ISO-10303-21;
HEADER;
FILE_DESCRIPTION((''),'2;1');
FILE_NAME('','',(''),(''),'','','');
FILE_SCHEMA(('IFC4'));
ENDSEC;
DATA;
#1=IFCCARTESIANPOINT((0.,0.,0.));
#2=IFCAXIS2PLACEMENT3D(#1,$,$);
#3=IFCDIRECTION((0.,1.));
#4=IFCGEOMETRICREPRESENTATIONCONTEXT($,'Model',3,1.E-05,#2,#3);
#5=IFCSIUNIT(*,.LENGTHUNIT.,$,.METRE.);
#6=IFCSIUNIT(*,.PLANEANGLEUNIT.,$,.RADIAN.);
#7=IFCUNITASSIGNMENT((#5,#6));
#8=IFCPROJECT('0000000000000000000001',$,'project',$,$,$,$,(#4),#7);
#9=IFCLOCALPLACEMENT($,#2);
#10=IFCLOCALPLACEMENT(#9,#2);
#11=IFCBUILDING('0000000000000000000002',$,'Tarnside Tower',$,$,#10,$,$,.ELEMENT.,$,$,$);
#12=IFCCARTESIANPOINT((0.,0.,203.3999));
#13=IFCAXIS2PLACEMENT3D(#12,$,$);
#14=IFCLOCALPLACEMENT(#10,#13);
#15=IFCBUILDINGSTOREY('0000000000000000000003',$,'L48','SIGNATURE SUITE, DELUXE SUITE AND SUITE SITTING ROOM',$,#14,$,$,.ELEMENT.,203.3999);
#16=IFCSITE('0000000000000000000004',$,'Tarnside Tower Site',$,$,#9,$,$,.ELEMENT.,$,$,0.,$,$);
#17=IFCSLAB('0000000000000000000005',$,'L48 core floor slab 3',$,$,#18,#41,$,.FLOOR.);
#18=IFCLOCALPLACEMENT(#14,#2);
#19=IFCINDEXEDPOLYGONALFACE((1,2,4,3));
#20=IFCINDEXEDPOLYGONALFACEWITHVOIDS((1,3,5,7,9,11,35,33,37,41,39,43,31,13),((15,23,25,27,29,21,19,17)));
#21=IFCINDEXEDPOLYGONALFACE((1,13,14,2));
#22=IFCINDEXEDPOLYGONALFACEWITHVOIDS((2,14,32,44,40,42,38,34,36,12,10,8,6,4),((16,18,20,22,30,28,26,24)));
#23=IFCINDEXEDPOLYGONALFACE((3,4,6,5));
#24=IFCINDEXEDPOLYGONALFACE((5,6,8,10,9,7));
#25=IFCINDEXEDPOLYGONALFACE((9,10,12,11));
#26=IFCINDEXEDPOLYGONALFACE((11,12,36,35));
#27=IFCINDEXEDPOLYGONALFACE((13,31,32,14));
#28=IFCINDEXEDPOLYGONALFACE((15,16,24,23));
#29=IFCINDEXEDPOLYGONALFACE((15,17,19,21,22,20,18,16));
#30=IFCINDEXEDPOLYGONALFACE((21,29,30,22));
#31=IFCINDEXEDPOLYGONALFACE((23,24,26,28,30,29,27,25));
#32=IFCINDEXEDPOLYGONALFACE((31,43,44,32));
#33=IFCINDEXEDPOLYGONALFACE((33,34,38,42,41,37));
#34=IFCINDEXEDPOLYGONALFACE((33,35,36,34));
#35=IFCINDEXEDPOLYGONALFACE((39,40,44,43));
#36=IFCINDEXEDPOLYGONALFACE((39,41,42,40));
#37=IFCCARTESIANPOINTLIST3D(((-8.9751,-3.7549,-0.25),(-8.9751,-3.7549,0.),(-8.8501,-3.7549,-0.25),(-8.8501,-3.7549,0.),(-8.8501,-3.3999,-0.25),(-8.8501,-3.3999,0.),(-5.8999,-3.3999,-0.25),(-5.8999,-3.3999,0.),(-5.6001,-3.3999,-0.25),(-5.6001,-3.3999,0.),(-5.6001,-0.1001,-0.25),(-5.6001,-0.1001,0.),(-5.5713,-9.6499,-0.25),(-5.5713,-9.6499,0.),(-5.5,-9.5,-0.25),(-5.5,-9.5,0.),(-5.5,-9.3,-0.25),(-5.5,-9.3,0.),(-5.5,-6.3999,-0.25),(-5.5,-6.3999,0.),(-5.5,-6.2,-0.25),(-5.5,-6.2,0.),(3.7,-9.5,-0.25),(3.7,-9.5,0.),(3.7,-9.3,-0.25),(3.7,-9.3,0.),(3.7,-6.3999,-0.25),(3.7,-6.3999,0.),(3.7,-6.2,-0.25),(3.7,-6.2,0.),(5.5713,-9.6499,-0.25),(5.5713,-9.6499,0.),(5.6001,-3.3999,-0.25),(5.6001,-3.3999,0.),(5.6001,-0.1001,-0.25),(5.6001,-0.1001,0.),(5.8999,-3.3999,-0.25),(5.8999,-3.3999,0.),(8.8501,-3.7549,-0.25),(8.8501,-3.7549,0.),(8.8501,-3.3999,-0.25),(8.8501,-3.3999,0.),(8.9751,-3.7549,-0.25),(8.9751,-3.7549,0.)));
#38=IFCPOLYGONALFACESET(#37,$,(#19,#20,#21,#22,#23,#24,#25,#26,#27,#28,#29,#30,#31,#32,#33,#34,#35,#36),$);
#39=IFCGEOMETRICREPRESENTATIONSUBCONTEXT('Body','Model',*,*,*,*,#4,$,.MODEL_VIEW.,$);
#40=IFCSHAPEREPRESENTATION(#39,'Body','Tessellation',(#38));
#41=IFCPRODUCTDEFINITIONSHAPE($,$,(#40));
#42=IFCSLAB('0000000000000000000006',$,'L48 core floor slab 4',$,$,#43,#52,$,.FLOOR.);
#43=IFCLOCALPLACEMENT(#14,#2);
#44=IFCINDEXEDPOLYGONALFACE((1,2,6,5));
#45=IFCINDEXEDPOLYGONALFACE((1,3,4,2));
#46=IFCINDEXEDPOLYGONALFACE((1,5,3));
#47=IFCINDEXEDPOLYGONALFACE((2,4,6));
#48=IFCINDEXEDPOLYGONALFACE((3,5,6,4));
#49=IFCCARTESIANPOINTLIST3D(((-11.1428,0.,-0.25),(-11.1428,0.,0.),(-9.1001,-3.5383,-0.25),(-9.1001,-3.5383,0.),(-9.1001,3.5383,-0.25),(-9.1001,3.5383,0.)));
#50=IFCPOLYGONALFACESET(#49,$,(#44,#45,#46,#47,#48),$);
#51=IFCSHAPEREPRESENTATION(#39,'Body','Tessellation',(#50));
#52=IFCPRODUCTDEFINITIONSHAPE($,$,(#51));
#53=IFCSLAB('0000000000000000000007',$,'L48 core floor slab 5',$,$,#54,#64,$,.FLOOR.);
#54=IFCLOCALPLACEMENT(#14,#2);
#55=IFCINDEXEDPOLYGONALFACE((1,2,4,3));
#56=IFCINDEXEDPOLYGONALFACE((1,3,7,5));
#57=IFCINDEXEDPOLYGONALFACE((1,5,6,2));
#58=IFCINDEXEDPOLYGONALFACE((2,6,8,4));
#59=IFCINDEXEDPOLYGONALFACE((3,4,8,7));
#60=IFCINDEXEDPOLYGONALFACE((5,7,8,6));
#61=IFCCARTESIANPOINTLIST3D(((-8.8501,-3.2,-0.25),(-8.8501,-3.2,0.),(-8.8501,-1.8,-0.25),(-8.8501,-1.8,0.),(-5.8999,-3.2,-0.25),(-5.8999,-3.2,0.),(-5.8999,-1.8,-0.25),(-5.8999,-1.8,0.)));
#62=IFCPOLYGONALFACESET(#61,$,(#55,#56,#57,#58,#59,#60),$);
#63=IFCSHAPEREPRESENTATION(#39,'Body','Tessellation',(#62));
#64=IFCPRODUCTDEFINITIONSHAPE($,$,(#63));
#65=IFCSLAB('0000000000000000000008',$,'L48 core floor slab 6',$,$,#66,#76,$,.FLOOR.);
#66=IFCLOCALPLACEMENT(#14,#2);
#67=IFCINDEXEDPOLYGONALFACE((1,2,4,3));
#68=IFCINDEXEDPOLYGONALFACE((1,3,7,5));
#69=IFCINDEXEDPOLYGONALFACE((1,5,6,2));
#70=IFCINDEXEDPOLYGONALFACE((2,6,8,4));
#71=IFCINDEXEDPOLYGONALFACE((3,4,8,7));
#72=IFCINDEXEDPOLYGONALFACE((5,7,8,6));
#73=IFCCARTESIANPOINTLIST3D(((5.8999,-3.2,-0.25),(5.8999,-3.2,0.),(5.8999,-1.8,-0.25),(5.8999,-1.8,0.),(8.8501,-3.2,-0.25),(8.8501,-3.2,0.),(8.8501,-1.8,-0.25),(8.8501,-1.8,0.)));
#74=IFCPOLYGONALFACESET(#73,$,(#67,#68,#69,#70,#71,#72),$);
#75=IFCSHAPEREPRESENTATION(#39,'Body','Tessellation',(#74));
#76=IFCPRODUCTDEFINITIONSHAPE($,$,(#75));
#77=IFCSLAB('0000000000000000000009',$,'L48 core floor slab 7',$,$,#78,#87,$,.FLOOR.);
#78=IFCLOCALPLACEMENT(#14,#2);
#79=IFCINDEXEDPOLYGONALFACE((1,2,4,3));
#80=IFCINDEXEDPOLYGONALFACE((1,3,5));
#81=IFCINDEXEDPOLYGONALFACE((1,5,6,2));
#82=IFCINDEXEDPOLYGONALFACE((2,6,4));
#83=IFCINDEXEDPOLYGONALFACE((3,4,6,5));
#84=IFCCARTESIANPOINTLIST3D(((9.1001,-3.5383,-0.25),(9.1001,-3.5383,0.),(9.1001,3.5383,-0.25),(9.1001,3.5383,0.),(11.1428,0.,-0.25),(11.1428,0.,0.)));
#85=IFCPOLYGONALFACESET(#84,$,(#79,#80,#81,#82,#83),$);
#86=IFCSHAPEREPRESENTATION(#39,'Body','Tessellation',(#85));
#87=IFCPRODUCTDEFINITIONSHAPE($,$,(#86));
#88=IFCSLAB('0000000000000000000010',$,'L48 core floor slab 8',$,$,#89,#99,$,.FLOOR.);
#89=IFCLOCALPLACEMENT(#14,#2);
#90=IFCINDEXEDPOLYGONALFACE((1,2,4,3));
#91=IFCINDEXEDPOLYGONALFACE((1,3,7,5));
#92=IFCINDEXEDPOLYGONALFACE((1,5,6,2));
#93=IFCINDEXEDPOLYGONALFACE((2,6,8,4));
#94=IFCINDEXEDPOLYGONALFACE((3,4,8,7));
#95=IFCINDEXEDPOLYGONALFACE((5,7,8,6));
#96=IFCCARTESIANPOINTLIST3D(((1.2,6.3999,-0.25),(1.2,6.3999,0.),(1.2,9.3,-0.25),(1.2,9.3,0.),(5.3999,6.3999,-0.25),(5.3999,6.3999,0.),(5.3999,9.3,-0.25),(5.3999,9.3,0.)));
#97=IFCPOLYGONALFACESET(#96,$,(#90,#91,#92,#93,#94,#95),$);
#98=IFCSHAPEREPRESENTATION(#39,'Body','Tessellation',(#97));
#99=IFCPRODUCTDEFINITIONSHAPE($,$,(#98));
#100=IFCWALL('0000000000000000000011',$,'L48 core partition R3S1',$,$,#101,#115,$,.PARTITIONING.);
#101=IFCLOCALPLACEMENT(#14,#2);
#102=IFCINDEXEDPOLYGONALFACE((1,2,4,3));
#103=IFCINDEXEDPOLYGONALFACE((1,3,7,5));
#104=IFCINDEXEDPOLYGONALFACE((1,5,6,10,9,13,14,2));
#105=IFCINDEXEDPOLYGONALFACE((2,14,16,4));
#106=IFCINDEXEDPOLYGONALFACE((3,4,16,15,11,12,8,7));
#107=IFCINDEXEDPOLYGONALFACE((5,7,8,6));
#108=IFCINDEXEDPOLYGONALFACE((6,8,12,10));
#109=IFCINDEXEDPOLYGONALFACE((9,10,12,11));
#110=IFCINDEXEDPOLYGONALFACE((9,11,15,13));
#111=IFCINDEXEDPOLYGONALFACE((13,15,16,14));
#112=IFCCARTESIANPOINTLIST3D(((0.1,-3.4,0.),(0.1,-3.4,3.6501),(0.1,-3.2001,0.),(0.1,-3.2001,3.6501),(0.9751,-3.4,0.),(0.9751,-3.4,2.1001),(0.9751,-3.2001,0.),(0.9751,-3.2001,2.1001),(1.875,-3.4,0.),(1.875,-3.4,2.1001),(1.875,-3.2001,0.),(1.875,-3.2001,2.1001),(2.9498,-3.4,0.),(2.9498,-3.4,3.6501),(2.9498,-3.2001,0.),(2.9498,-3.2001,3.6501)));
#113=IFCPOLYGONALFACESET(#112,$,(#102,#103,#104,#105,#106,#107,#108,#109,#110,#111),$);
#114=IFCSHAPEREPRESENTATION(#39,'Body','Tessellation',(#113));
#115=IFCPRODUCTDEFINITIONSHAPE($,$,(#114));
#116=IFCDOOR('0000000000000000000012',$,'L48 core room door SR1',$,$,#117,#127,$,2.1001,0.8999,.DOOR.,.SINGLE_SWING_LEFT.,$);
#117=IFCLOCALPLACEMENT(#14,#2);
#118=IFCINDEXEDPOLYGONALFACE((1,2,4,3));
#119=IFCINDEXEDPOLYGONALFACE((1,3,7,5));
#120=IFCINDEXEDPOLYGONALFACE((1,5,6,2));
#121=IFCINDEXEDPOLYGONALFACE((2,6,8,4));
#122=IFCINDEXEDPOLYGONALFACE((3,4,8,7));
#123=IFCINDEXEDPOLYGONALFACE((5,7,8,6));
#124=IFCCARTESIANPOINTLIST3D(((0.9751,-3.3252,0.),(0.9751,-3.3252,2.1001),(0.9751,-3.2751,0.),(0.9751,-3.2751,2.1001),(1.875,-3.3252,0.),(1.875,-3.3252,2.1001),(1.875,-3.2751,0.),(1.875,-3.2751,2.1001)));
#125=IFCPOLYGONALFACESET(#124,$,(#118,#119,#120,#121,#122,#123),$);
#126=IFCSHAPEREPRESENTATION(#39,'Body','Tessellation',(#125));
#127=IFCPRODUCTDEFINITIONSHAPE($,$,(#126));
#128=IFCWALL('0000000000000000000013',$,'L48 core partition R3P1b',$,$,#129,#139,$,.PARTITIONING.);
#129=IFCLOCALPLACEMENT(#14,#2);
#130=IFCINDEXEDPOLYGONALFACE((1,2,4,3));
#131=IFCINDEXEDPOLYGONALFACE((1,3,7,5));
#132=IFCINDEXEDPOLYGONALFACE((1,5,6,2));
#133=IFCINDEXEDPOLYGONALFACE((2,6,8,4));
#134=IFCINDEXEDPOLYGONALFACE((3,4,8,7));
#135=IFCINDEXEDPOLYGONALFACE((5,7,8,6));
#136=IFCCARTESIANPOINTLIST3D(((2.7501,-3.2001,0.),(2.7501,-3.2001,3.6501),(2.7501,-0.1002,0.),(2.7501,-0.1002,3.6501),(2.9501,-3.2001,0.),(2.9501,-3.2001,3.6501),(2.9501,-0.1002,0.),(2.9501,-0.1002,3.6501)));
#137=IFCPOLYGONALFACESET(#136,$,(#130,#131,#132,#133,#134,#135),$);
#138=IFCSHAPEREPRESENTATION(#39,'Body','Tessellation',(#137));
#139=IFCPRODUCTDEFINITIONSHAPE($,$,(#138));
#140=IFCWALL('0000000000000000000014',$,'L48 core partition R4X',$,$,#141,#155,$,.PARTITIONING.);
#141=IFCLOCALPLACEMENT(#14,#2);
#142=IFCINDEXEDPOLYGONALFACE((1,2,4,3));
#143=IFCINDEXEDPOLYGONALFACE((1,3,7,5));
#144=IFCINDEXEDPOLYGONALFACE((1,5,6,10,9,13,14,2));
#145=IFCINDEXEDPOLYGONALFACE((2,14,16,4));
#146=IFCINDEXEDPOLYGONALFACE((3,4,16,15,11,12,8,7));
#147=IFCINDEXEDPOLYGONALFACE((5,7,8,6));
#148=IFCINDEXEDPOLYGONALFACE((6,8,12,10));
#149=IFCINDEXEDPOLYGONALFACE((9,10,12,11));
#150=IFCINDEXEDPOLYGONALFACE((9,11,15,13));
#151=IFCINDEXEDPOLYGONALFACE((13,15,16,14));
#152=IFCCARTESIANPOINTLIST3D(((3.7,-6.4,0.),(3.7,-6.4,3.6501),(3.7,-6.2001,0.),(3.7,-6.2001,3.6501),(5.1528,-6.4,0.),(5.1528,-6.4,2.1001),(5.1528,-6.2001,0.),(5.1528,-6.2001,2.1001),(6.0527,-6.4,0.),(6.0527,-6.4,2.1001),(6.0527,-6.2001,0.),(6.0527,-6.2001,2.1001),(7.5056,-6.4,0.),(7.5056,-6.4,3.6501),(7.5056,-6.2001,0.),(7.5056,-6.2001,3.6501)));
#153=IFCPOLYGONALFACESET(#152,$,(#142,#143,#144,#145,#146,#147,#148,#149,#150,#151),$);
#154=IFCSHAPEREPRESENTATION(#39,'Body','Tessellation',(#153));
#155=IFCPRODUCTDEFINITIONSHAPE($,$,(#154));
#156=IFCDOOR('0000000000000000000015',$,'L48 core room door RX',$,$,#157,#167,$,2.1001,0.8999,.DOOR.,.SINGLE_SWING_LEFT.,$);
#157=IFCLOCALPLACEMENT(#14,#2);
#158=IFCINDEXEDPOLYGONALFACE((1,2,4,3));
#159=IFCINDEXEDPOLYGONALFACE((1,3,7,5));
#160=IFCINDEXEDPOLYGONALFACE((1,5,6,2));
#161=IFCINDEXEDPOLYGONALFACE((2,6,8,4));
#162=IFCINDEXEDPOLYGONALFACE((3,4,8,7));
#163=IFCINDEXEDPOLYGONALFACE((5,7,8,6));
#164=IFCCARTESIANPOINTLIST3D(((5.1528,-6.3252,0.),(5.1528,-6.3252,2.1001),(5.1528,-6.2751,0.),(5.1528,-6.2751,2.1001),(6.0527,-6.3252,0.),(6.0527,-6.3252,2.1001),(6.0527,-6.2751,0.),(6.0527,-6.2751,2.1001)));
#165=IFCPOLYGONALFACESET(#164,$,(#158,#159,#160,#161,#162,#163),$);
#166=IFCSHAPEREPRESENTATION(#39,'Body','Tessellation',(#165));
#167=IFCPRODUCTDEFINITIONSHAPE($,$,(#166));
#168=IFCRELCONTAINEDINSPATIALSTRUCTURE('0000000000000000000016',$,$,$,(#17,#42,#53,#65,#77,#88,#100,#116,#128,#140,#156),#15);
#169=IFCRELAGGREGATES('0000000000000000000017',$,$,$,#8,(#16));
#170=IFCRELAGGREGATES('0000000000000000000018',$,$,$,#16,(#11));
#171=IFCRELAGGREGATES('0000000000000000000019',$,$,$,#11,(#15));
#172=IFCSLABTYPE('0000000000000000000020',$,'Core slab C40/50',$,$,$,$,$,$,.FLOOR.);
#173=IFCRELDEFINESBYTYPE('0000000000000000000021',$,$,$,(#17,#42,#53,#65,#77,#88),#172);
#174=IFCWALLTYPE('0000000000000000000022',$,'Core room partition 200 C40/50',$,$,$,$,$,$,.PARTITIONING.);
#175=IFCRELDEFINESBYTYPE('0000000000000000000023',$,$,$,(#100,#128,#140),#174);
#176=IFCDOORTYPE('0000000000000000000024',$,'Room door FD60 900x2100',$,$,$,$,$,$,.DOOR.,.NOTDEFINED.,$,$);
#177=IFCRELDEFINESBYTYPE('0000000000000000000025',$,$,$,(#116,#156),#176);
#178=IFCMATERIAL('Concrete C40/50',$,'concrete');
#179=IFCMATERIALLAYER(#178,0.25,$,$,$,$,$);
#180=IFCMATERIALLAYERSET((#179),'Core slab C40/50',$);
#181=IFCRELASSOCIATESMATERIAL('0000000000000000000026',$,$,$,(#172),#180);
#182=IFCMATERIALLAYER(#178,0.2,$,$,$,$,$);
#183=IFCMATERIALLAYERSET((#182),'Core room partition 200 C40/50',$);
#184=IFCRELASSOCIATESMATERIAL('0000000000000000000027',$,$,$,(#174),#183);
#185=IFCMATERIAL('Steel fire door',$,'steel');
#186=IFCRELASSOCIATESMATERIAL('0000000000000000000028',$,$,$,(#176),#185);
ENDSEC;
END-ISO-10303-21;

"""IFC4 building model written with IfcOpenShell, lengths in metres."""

from ifc_helpers import new_model, si_unit, direction, frame, frame_2d, origin, place, context, subcontext, project, spatial, polyline, rectangle, outline, extrude, material, layer, layer_set, type_object, element, fill, save


model = new_model("IFC4")

# Units and contexts
model_context = context("Model", 3, precision=1e-05, world=origin(), true_north=direction((0.0, 1.0)))
body_context = subcontext(model_context, "Body", "Model", "MODEL_VIEW")
ifc_project = project(units=[si_unit("LENGTHUNIT", "METRE"), si_unit("PLANEANGLEUNIT", "RADIAN")], contexts=[model_context])

# Site, building, storey
site_placement = place(None, origin())
site = spatial("IfcSite", under=ifc_project, at=site_placement, Name="Tarnside Tower Site", CompositionType="ELEMENT", RefElevation=0.0)
building_placement = place(site_placement, origin())
building = spatial("IfcBuilding", under=site, at=building_placement, Name="Tarnside Tower", CompositionType="ELEMENT")
storey_placement = place(building_placement, frame((0.0, 0.0, 203.3999)))
storey = spatial("IfcBuildingStorey", under=building, at=storey_placement, Name="L48", Description="SIGNATURE SUITE, DELUXE SUITE AND SUITE SITTING ROOM", CompositionType="ELEMENT", Elevation=203.3999)

# Slabs
ifc_material_1 = material(Name="Concrete C40/50", Category="concrete")
ifc_layer_1 = layer(ifc_material_1, 0.25)
ifc_layer_set_1 = layer_set([ifc_layer_1], Name="Core slab C40/50")
slab_type = type_object("IfcSlabType", Name="Core slab C40/50", PredefinedType="FLOOR", material=ifc_layer_set_1)
slab_1_placement = place(storey_placement, frame((0.0, 0.0, -0.25)))
element("IfcSlab", 1, at=slab_1_placement, inside=storey, type_object=slab_type, Name="L48 core floor slab 3", PredefinedType="FLOOR", context=body_context, shape_type="SweptSolid", body=[
    extrude(outline(polyline([(5.6001, -3.3999), (5.8999, -3.3999), (8.8501, -3.3999), (8.8501, -3.7549), (8.9751, -3.7549), (5.5713, -9.6499), (-5.5713, -9.6499), (-8.9751, -3.7549), (-8.8501, -3.7549), (-8.8501, -3.3999), (-5.8999, -3.3999), (-5.6001, -3.3999), (-5.6001, -0.1001), (5.6001, -0.1001), (5.6001, -3.3999)]), holes=[polyline([(-5.5, -9.3), (-5.5, -9.5), (3.7, -9.5), (3.7, -9.3), (3.7, -6.3999), (3.7, -6.2), (-5.5, -6.2), (-5.5, -6.3999), (-5.5, -9.3)])]), origin(), (0.0, 0.0, 1.0), 0.25),
])
slab_2_placement = place(storey_placement, frame((0.0, 0.0, -0.25)))
element("IfcSlab", 2, at=slab_2_placement, inside=storey, type_object=slab_type, Name="L48 core floor slab 4", PredefinedType="FLOOR", context=body_context, shape_type="SweptSolid", body=[
    extrude(outline(polyline([(-11.1428, 0.0), (-9.1001, 3.5383), (-9.1001, -3.5383), (-11.1428, 0.0)])), origin(), (0.0, 0.0, 1.0), 0.25),
])
slab_3_placement = place(storey_placement, frame((0.0, 0.0, -0.25)))
element("IfcSlab", 3, at=slab_3_placement, inside=storey, type_object=slab_type, Name="L48 core floor slab 5", PredefinedType="FLOOR", context=body_context, shape_type="SweptSolid", body=[
    extrude(outline(polyline([(-8.8501, -1.8), (-5.8999, -1.8), (-5.8999, -3.2), (-8.8501, -3.2), (-8.8501, -1.8)])), origin(), (0.0, 0.0, 1.0), 0.25),
])
slab_4_placement = place(storey_placement, frame((0.0, 0.0, -0.25)))
element("IfcSlab", 4, at=slab_4_placement, inside=storey, type_object=slab_type, Name="L48 core floor slab 6", PredefinedType="FLOOR", context=body_context, shape_type="SweptSolid", body=[
    extrude(outline(polyline([(5.8999, -3.2), (5.8999, -1.8), (8.8501, -1.8), (8.8501, -3.2), (5.8999, -3.2)])), origin(), (0.0, 0.0, 1.0), 0.25),
])
slab_5_placement = place(storey_placement, frame((0.0, 0.0, -0.25)))
element("IfcSlab", 5, at=slab_5_placement, inside=storey, type_object=slab_type, Name="L48 core floor slab 7", PredefinedType="FLOOR", context=body_context, shape_type="SweptSolid", body=[
    extrude(outline(polyline([(9.1001, -3.5383), (9.1001, 3.5383), (11.1428, 0.0), (9.1001, -3.5383)])), origin(), (0.0, 0.0, 1.0), 0.25),
])
slab_6_placement = place(storey_placement, frame((0.0, 0.0, -0.25)))
element("IfcSlab", 6, at=slab_6_placement, inside=storey, type_object=slab_type, Name="L48 core floor slab 8", PredefinedType="FLOOR", context=body_context, shape_type="SweptSolid", body=[
    extrude(outline(polyline([(5.3999, 9.3), (5.3999, 6.3999), (1.2, 6.3999), (1.2, 9.3), (5.3999, 9.3)])), origin(), (0.0, 0.0, 1.0), 0.25),
])

# Wall, opening, door
ifc_layer_2 = layer(ifc_material_1, 0.2)
ifc_layer_set_2 = layer_set([ifc_layer_2], Name="Core room partition 200 C40/50")
wall_type_1 = type_object("IfcWallType", Name="Core room partition 200 C40/50", PredefinedType="PARTITIONING", material=ifc_layer_set_2)
wall_1_placement = place(storey_placement, frame((0.1001, -3.3, 0.0), z_axis=(0.0, 0.0, 1.0), x_axis=(1.0, 0.0, 0.0)))
wall_1 = element("IfcWall", 7, at=wall_1_placement, inside=storey, type_object=wall_type_1, Name="L48 core partition R3S1", PredefinedType="PARTITIONING", context=body_context, shape_type="SweptSolid", body=[
    extrude(rectangle(XDim=2.8499, YDim=0.2, at=frame_2d((1.4248, 0.0))), origin(), (0.0, 0.0, 1.0), 3.6501),
])
opening_1_placement = place(wall_1_placement, frame((0.875, 0.0, 0.0)))
opening_1 = element("IfcOpeningElement", 8, at=opening_1_placement, cuts=wall_1, PredefinedType="OPENING", context=body_context, shape_type="SweptSolid", body=[
    extrude(rectangle(XDim=0.8999, YDim=2.1001, at=frame_2d((0.45, 1.05))), frame((0.0, 0.1099, 0.0), z_axis=(0.0, -1.0, 0.0), x_axis=(1.0, 0.0, 0.0)), (0.0, 0.0, 1.0), 0.22),
])
ifc_material_2 = material(Name="Steel fire door", Category="steel")
door_type_1 = type_object("IfcDoorType", Name="Room door FD60 900x2100", OperationType="NOTDEFINED", PredefinedType="DOOR", material=ifc_material_2)
door_1_placement = place(opening_1_placement, origin())
door_1 = element("IfcDoor", 9, at=door_1_placement, inside=storey, type_object=door_type_1, Name="L48 core room door SR1", OperationType="SINGLE_SWING_LEFT", OverallHeight=2.1001, OverallWidth=0.8999, PredefinedType="DOOR", context=body_context, shape_type="SweptSolid", body=[
    extrude(rectangle(XDim=0.8999, YDim=2.1001, at=frame_2d((0.45, 1.05))), frame((0.0, 0.0249, 0.0), z_axis=(0.0, -1.0, 0.0), x_axis=(1.0, 0.0, 0.0)), (0.0, 0.0, 1.0), 0.05),
])
fill(opening_1, door_1)

# Wall
wall_2_placement = place(storey_placement, frame((2.8501, -3.2, 0.0), z_axis=(0.0, 0.0, 1.0), x_axis=(0.0, 1.0, 0.0)))
element("IfcWall", 10, at=wall_2_placement, inside=storey, type_object=wall_type_1, Name="L48 core partition R3P1b", PredefinedType="PARTITIONING", context=body_context, shape_type="SweptSolid", body=[
    extrude(rectangle(XDim=3.0999, YDim=0.2, at=frame_2d((1.5498, 0.0))), origin(), (0.0, 0.0, 1.0), 3.6501),
])

# Wall, opening, door
wall_3_placement = place(storey_placement, frame((3.7, -6.3, 0.0), z_axis=(0.0, 0.0, 1.0), x_axis=(1.0, 0.0, 0.0)))
wall_3 = element("IfcWall", 11, at=wall_3_placement, inside=storey, type_object=wall_type_1, Name="L48 core partition R4X", PredefinedType="PARTITIONING", context=body_context, shape_type="SweptSolid", body=[
    extrude(rectangle(XDim=3.8057, YDim=0.2, at=frame_2d((1.9028, 0.0))), origin(), (0.0, 0.0, 1.0), 3.6501),
])
opening_2_placement = place(wall_3_placement, frame((1.4529, 0.0, 0.0)))
opening_2 = element("IfcOpeningElement", 12, at=opening_2_placement, cuts=wall_3, PredefinedType="OPENING", context=body_context, shape_type="SweptSolid", body=[
    extrude(rectangle(XDim=0.8999, YDim=2.1001, at=frame_2d((0.45, 1.05))), frame((0.0, 0.1099, 0.0), z_axis=(0.0, -1.0, 0.0), x_axis=(1.0, 0.0, 0.0)), (0.0, 0.0, 1.0), 0.22),
])
door_2_placement = place(opening_2_placement, origin())
door_2 = element("IfcDoor", 13, at=door_2_placement, inside=storey, type_object=door_type_1, Name="L48 core room door RX", OperationType="SINGLE_SWING_LEFT", OverallHeight=2.1001, OverallWidth=0.8999, PredefinedType="DOOR", context=body_context, shape_type="SweptSolid", body=[
    extrude(rectangle(XDim=0.8999, YDim=2.1001, at=frame_2d((0.45, 1.05))), frame((0.0, 0.0249, 0.0), z_axis=(0.0, -1.0, 0.0), x_axis=(1.0, 0.0, 0.0)), (0.0, 0.0, 1.0), 0.05),
])
fill(opening_2, door_2)

save(model, "model.ifc")
